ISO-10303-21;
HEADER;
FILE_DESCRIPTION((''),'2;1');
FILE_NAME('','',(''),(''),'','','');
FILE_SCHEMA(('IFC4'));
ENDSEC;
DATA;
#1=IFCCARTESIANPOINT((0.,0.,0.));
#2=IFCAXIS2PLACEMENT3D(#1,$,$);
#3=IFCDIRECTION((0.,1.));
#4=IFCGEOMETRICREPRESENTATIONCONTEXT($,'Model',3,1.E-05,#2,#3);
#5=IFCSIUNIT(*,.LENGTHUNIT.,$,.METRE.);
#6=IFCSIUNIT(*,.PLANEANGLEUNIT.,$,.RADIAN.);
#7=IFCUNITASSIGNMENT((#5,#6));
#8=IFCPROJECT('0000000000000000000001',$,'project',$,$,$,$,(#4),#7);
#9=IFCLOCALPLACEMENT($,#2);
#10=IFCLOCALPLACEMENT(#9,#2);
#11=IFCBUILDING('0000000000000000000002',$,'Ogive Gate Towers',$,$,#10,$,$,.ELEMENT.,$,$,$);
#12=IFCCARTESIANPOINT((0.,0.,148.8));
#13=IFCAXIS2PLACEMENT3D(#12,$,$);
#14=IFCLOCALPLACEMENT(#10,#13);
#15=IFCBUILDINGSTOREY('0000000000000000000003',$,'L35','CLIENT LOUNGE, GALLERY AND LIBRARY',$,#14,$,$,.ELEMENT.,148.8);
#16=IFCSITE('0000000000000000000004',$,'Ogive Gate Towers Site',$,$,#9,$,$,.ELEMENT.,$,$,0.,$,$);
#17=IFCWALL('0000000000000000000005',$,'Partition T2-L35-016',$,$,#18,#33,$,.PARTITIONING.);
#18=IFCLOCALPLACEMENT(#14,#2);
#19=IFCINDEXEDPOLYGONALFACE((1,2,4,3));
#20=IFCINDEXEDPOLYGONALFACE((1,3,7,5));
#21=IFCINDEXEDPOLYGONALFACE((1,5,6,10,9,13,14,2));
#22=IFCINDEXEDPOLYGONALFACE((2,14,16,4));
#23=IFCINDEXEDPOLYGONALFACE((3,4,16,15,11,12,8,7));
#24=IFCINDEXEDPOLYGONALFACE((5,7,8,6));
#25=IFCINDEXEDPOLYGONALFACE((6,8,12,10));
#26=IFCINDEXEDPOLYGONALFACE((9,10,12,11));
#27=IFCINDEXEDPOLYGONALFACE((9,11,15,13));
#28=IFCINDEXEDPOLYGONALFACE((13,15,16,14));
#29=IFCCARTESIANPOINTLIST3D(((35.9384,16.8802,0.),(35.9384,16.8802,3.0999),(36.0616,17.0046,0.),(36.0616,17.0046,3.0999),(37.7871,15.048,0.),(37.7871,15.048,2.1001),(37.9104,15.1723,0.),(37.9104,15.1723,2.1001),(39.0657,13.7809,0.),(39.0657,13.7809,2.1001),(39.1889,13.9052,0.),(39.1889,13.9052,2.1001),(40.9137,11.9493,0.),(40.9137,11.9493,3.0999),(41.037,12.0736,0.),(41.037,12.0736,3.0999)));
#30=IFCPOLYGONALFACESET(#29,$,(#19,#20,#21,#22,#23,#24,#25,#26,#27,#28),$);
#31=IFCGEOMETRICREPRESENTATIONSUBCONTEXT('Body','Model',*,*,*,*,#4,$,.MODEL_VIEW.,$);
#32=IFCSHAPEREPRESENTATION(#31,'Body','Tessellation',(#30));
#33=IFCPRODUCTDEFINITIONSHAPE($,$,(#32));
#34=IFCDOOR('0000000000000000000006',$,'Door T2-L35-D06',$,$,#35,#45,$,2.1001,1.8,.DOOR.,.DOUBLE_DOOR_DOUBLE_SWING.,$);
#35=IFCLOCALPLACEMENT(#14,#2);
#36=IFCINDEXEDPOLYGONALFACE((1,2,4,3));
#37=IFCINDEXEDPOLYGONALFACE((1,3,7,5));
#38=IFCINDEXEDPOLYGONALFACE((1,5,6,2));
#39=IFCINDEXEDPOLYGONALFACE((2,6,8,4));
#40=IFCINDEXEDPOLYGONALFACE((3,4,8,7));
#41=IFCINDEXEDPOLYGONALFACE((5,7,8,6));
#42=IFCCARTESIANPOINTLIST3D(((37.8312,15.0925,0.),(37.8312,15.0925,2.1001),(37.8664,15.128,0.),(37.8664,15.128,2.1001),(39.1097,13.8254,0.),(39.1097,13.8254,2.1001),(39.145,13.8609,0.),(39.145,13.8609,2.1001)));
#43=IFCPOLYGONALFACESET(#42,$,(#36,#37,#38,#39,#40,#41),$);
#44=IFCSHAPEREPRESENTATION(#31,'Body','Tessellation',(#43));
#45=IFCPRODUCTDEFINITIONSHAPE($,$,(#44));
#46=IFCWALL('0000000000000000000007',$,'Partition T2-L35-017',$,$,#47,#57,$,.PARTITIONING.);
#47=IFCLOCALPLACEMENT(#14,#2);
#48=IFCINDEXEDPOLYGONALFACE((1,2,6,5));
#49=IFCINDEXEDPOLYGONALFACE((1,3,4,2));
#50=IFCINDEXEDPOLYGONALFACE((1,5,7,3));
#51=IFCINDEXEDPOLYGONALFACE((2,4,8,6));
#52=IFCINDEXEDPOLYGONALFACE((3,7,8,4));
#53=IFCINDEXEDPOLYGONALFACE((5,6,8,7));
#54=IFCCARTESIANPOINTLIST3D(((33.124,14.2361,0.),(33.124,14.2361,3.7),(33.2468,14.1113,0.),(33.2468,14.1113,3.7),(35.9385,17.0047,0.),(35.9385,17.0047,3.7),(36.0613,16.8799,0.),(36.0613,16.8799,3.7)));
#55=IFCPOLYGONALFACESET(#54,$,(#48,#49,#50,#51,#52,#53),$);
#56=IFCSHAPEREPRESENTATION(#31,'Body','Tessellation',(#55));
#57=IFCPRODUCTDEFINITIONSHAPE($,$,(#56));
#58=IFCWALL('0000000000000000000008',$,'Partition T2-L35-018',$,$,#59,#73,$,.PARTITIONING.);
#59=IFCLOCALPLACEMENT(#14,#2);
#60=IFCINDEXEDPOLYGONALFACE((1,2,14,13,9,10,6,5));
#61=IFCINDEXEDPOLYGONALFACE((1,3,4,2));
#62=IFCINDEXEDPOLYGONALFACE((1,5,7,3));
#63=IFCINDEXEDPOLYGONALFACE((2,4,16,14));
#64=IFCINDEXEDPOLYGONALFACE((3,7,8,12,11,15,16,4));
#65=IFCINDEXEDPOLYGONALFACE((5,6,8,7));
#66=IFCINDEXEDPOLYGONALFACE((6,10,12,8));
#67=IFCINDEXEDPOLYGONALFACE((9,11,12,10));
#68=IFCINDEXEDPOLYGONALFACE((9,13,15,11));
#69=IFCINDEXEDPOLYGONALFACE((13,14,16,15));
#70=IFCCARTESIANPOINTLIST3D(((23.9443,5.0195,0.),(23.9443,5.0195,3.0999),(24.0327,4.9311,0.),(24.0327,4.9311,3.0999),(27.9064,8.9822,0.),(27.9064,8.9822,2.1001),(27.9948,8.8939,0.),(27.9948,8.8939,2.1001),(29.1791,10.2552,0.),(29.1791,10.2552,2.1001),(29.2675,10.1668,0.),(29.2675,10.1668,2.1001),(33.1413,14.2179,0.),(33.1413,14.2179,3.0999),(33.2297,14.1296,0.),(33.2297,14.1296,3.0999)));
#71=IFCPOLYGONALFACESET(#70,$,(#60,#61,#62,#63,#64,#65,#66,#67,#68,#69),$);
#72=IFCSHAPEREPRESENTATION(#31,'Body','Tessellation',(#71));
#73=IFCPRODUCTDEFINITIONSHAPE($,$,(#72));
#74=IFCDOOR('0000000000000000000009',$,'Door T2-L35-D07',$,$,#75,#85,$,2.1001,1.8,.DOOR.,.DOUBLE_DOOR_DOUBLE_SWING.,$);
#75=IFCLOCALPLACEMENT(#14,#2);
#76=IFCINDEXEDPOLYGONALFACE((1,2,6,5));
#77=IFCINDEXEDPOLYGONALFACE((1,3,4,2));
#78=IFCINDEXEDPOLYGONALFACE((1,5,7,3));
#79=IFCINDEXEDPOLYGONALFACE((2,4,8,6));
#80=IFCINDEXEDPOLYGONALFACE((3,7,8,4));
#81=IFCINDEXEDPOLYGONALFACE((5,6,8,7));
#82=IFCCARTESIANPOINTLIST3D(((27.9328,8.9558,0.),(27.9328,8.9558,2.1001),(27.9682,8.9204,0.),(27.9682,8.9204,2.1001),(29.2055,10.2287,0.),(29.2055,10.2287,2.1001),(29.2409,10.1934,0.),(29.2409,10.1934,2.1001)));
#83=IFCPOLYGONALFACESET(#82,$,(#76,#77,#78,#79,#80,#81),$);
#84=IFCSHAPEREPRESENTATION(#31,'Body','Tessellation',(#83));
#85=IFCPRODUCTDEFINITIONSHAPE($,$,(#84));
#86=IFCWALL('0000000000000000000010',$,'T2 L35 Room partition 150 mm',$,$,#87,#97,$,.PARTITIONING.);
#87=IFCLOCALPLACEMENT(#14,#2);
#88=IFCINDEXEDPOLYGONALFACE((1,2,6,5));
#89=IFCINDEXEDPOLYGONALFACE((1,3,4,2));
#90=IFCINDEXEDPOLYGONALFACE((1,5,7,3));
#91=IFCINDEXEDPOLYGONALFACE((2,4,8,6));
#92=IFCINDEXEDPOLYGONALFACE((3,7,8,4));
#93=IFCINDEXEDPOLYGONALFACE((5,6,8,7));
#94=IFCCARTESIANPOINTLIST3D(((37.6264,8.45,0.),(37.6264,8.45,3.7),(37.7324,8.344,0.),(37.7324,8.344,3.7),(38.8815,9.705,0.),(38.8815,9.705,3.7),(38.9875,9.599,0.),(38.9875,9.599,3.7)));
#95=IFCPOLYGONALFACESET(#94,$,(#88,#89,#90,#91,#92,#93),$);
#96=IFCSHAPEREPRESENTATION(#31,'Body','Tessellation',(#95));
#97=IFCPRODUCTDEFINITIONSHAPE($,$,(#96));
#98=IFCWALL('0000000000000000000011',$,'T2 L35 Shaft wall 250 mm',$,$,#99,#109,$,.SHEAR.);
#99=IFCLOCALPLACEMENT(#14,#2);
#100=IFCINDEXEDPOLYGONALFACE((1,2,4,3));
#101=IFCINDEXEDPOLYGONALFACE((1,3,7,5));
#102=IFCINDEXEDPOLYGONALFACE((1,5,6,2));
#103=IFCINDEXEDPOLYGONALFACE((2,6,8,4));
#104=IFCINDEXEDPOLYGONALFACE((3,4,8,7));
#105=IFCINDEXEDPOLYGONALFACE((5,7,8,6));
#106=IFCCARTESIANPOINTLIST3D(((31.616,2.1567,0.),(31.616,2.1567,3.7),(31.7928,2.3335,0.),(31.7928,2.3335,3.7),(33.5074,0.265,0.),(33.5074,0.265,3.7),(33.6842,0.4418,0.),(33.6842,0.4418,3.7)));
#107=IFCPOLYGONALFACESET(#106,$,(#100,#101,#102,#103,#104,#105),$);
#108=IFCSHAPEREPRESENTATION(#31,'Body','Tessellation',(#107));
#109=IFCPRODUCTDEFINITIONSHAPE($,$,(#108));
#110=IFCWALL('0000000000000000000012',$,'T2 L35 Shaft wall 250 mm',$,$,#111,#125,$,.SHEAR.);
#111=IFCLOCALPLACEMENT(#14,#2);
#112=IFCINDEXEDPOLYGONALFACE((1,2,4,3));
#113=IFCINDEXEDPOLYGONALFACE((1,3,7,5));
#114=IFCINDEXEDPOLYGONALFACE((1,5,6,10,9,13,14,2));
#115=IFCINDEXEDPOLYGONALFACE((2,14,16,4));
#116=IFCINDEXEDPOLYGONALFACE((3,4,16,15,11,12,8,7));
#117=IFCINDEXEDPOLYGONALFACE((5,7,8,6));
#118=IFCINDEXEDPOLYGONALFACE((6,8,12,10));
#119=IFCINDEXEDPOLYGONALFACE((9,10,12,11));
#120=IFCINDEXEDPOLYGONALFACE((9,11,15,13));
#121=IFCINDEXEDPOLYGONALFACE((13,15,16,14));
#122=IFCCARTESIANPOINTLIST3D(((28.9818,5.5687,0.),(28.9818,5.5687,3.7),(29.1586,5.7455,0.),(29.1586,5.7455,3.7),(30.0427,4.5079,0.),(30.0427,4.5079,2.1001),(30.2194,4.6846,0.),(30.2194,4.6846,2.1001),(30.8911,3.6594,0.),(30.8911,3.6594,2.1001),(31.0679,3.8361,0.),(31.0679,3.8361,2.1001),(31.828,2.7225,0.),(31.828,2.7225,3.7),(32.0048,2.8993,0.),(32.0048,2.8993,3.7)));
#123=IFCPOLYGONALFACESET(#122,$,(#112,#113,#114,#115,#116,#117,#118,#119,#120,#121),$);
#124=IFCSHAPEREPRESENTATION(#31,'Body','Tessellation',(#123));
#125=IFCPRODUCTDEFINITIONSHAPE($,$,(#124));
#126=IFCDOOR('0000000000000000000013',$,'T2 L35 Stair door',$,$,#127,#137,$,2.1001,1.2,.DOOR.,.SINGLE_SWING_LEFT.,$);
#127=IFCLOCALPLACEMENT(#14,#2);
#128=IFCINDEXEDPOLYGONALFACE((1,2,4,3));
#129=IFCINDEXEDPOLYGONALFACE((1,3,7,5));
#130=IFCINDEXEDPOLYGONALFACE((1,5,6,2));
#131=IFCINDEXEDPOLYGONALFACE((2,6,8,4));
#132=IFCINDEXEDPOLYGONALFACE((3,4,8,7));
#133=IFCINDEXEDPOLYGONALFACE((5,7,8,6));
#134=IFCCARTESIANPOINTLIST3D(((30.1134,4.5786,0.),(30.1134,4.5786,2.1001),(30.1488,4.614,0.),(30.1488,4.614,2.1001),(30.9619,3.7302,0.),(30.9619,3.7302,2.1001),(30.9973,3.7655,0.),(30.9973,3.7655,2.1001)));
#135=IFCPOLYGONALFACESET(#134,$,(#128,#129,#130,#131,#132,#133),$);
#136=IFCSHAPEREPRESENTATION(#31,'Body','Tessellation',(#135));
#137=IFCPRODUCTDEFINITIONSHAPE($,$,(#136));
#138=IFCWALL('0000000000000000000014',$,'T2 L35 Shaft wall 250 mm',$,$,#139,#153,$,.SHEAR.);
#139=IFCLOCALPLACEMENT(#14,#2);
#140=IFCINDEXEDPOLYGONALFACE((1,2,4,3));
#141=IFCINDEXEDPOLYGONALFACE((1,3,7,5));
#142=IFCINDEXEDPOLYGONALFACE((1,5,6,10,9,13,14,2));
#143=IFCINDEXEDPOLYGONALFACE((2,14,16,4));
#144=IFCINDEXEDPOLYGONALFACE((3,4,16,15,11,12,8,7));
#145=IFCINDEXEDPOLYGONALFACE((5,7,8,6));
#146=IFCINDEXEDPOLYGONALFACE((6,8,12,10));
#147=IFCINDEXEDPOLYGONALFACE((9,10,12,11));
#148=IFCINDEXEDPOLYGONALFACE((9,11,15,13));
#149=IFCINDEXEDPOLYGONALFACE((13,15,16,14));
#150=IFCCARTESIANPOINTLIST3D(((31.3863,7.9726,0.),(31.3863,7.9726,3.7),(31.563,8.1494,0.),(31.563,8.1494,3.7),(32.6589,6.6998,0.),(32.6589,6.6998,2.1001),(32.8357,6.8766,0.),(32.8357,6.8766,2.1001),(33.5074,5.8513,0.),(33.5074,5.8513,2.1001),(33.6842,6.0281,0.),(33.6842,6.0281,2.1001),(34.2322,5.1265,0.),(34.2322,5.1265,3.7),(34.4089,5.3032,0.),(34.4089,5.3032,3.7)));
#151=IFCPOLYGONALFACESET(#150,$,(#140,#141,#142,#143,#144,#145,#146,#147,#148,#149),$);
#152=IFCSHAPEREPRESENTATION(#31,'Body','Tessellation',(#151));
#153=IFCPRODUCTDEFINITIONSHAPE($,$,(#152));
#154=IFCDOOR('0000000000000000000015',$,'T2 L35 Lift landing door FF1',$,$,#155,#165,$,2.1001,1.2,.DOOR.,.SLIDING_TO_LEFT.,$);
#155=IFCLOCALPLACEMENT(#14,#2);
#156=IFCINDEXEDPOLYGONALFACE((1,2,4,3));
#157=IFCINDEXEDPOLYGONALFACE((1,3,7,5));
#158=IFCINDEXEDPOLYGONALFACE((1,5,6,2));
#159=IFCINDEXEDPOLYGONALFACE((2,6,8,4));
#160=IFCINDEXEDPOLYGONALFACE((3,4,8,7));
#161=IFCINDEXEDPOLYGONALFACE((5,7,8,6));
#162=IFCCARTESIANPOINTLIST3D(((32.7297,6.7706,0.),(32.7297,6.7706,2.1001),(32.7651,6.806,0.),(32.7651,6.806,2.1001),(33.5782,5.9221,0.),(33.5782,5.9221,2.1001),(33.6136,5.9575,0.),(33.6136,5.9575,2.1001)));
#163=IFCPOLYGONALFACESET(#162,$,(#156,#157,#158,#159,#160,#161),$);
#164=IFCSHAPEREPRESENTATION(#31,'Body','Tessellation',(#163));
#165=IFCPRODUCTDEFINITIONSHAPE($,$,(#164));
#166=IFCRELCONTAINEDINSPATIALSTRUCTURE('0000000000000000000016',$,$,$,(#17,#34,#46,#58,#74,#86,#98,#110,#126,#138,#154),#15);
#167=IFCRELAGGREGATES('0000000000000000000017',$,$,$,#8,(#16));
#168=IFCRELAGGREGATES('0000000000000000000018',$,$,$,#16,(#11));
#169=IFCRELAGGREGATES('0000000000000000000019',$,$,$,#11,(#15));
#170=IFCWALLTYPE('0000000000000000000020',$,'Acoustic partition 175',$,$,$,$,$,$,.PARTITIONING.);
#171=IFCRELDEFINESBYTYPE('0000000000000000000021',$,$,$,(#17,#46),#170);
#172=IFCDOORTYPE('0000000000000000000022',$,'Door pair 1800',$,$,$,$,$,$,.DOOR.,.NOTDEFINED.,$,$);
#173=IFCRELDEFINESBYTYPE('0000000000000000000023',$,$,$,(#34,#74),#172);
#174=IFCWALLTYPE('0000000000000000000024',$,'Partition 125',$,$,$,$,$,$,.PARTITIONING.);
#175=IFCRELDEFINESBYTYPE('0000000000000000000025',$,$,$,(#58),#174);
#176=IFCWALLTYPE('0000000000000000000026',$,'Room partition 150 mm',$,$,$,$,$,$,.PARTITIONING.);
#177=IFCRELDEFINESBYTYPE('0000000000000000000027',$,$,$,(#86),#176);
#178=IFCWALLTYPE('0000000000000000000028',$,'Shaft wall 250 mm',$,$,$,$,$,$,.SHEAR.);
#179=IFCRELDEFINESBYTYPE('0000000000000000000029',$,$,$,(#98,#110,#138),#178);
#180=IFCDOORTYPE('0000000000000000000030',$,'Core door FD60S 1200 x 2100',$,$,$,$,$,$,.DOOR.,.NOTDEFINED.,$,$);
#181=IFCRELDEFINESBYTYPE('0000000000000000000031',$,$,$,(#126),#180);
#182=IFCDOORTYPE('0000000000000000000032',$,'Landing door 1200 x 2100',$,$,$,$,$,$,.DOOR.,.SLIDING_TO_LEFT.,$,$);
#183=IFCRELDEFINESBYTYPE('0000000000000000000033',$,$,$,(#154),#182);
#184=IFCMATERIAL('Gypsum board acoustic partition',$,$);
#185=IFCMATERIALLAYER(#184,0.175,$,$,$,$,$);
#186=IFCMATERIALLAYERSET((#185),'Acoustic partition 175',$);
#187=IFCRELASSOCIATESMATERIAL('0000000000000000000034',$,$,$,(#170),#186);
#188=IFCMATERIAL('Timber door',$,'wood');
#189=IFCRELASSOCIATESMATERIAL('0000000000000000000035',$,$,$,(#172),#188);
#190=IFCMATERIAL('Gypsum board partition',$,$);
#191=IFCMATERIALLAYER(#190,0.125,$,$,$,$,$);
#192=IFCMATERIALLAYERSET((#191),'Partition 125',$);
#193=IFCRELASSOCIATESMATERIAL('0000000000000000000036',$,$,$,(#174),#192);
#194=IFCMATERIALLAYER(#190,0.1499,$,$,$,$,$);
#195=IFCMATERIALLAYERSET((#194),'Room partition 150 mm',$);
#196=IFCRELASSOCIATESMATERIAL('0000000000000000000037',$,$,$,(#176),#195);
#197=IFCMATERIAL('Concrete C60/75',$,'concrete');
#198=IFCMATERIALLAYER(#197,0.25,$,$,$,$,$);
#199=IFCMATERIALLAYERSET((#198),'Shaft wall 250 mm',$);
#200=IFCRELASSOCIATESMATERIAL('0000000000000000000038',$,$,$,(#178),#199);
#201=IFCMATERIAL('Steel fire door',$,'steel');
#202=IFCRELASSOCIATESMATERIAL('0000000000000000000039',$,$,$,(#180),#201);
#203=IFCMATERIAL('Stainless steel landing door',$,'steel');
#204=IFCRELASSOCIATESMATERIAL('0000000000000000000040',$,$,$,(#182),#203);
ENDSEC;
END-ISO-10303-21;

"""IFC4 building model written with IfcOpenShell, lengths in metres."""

from ifc_helpers import new_model, si_unit, direction, frame, frame_2d, origin, place, context, subcontext, project, spatial, rectangle, extrude, material, layer, layer_set, type_object, element, fill, save


model = new_model("IFC4")

# Units and contexts
model_context = context("Model", 3, precision=1e-05, world=origin(), true_north=direction((0.0, 1.0)))
body_context = subcontext(model_context, "Body", "Model", "MODEL_VIEW")
ifc_project = project(units=[si_unit("LENGTHUNIT", "METRE"), si_unit("PLANEANGLEUNIT", "RADIAN")], contexts=[model_context])

# Site, building, storey
site_placement = place(None, origin())
site = spatial("IfcSite", under=ifc_project, at=site_placement, Name="Ogive Gate Towers Site", CompositionType="ELEMENT", RefElevation=0.0)
building_placement = place(site_placement, origin())
building = spatial("IfcBuilding", under=site, at=building_placement, Name="Ogive Gate Towers", CompositionType="ELEMENT")
storey_placement = place(building_placement, frame((0.0, 0.0, 148.8)))
storey = spatial("IfcBuildingStorey", under=building, at=storey_placement, Name="L35", Description="CLIENT LOUNGE, GALLERY AND LIBRARY", CompositionType="ELEMENT", Elevation=148.8)

# Shared definitions
ifc_material_1 = material(Name="Gypsum board acoustic partition")
ifc_layer_1 = layer(ifc_material_1, 0.175)
ifc_layer_set_1 = layer_set([ifc_layer_1], Name="Acoustic partition 175")
wall_type_1 = type_object("IfcWallType", Name="Acoustic partition 175", PredefinedType="PARTITIONING", material=ifc_layer_set_1)

# Wall, opening, door
wall_1_placement = place(storey_placement, frame((40.9753, 12.0115, 0.0), z_axis=(0.0, 0.0, 1.0), x_axis=(-0.710271, 0.703928, 0.0)))
wall_1 = element("IfcWall", 1, at=wall_1_placement, inside=storey, type_object=wall_type_1, Name="Partition T2-L35-016", PredefinedType="PARTITIONING", context=body_context, shape_type="SweptSolid", body=[
    extrude(rectangle(XDim=7.0049, YDim=0.175, at=frame_2d((3.5024, 0.0))), origin(), (0.0, 0.0, 1.0), 3.0999),
])
opening_1_placement = place(wall_1_placement, frame((2.6021, 0.0, 0.0)))
opening_1 = element("IfcOpeningElement", 2, at=opening_1_placement, cuts=wall_1, PredefinedType="OPENING", context=body_context, shape_type="SweptSolid", body=[
    extrude(rectangle(XDim=1.8, YDim=2.1001, at=frame_2d((0.8999, 1.05))), frame((0.0, 0.0977, 0.0), z_axis=(0.0, -1.0, 0.0), x_axis=(1.0, 0.0, 0.0)), (0.0, 0.0, 1.0), 0.1951),
])
ifc_material_2 = material(Name="Timber door", Category="wood")
door_type_1 = type_object("IfcDoorType", Name="Door pair 1800", OperationType="NOTDEFINED", PredefinedType="DOOR", material=ifc_material_2)
door_1_placement = place(opening_1_placement, origin())
door_1 = element("IfcDoor", 3, at=door_1_placement, inside=storey, type_object=door_type_1, Name="Door T2-L35-D06", OperationType="DOUBLE_DOOR_DOUBLE_SWING", OverallHeight=2.1001, OverallWidth=1.8, PredefinedType="DOOR", context=body_context, shape_type="SweptSolid", body=[
    extrude(rectangle(XDim=1.8, YDim=2.1001, at=frame_2d((0.8999, 1.05))), frame((0.0, 0.0249, 0.0), z_axis=(0.0, -1.0, 0.0), x_axis=(1.0, 0.0, 0.0)), (0.0, 0.0, 1.0), 0.05),
])
fill(opening_1, door_1)

# Wall
wall_2_placement = place(storey_placement, frame((36.0, 16.9424, 0.0), z_axis=(0.0, 0.0, 1.0), x_axis=(-0.712896, -0.70127, 0.0)))
element("IfcWall", 4, at=wall_2_placement, inside=storey, type_object=wall_type_1, Name="Partition T2-L35-017", PredefinedType="PARTITIONING", context=body_context, shape_type="SweptSolid", body=[
    extrude(rectangle(XDim=3.948, YDim=0.175, at=frame_2d((1.9741, 0.0))), origin(), (0.0, 0.0, 1.0), 3.7),
])

# Wall, opening, door
ifc_material_3 = material(Name="Gypsum board partition")
ifc_layer_2 = layer(ifc_material_3, 0.125)
ifc_layer_set_2 = layer_set([ifc_layer_2], Name="Partition 125")
wall_type_2 = type_object("IfcWallType", Name="Partition 125", PredefinedType="PARTITIONING", material=ifc_layer_set_2)
wall_3_placement = place(storey_placement, frame((33.1855, 14.1738, 0.0), z_axis=(0.0, 0.0, 1.0), x_axis=(-0.70705, -0.707163, 0.0)))
wall_3 = element("IfcWall", 5, at=wall_3_placement, inside=storey, type_object=wall_type_2, Name="Partition T2-L35-018", PredefinedType="PARTITIONING", context=body_context, shape_type="SweptSolid", body=[
    extrude(rectangle(XDim=13.0076, YDim=0.125, at=frame_2d((6.5039, 0.0))), origin(), (0.0, 0.0, 1.0), 3.0999),
])
opening_2_placement = place(wall_3_placement, frame((5.604, 0.0, 0.0)))
opening_2 = element("IfcOpeningElement", 6, at=opening_2_placement, cuts=wall_3, PredefinedType="OPENING", context=body_context, shape_type="SweptSolid", body=[
    extrude(rectangle(XDim=1.8, YDim=2.1001, at=frame_2d((0.8999, 1.05))), frame((0.0, 0.0725, 0.0), z_axis=(0.0, -1.0, 0.0), x_axis=(1.0, 0.0, 0.0)), (0.0, 0.0, 1.0), 0.145),
])
door_2_placement = place(opening_2_placement, origin())
door_2 = element("IfcDoor", 7, at=door_2_placement, inside=storey, type_object=door_type_1, Name="Door T2-L35-D07", OperationType="DOUBLE_DOOR_DOUBLE_SWING", OverallHeight=2.1001, OverallWidth=1.8, PredefinedType="DOOR", context=body_context, shape_type="SweptSolid", body=[
    extrude(rectangle(XDim=1.8, YDim=2.1001, at=frame_2d((0.8999, 1.05))), frame((0.0, 0.0249, 0.0), z_axis=(0.0, -1.0, 0.0), x_axis=(1.0, 0.0, 0.0)), (0.0, 0.0, 1.0), 0.05),
])
fill(opening_2, door_2)

# Walls
ifc_layer_3 = layer(ifc_material_3, 0.1499)
ifc_layer_set_3 = layer_set([ifc_layer_3], Name="Room partition 150 mm")
wall_type_3 = type_object("IfcWallType", Name="Room partition 150 mm", PredefinedType="PARTITIONING", material=ifc_layer_set_3)
wall_4_placement = place(storey_placement, frame((37.6794, 8.397, 0.0), z_axis=(0.0, 0.0, 1.0), x_axis=(0.707107, 0.707107, 0.0)))
element("IfcWall", 8, at=wall_4_placement, inside=storey, type_object=wall_type_3, Name="T2 L35 Room partition 150 mm", PredefinedType="PARTITIONING", context=body_context, shape_type="SweptSolid", body=[
    extrude(rectangle(XDim=1.7749, YDim=0.1499, at=frame_2d((0.8875, 0.0))), origin(), (0.0, 0.0, 1.0), 3.7),
])
ifc_material_4 = material(Name="Concrete C60/75", Category="concrete")
ifc_layer_4 = layer(ifc_material_4, 0.25)
ifc_layer_set_4 = layer_set([ifc_layer_4], Name="Shaft wall 250 mm")
wall_type_4 = type_object("IfcWallType", Name="Shaft wall 250 mm", PredefinedType="SHEAR", material=ifc_layer_set_4)
wall_5_placement = place(storey_placement, frame((33.5957, 0.3535, 0.0), z_axis=(0.0, 0.0, 1.0), x_axis=(-0.707061, 0.707152, 0.0)))
element("IfcWall", 9, at=wall_5_placement, inside=storey, type_object=wall_type_4, Name="T2 L35 Shaft wall 250 mm", PredefinedType="SHEAR", context=body_context, shape_type="SweptSolid", body=[
    extrude(rectangle(XDim=2.675, YDim=0.25, at=frame_2d((1.3374, 0.0))), origin(), (0.0, 0.0, 1.0), 3.7),
])

# Walls, openings, doors
wall_6_placement = place(storey_placement, frame((31.9165, 2.8108, 0.0), z_axis=(0.0, 0.0, 1.0), x_axis=(-0.707107, 0.707107, 0.0)))
wall_6 = element("IfcWall", 10, at=wall_6_placement, inside=storey, type_object=wall_type_4, Name="T2 L35 Shaft wall 250 mm", PredefinedType="SHEAR", context=body_context, shape_type="SweptSolid", body=[
    extrude(rectangle(XDim=4.0251, YDim=0.25, at=frame_2d((2.0127, 0.0))), origin(), (0.0, 0.0, 1.0), 3.7),
])
opening_3_placement = place(wall_6_placement, frame((1.325, 0.0, 0.0)))
opening_3 = element("IfcOpeningElement", 11, at=opening_3_placement, cuts=wall_6, PredefinedType="OPENING", context=body_context, shape_type="SweptSolid", body=[
    extrude(rectangle(XDim=1.2, YDim=2.1001, at=frame_2d((0.6001, 1.05))), frame((0.0, 0.135, 0.0), z_axis=(0.0, -1.0, 0.0), x_axis=(1.0, 0.0, 0.0)), (0.0, 0.0, 1.0), 0.27),
])
ifc_material_5 = material(Name="Steel fire door", Category="steel")
door_type_2 = type_object("IfcDoorType", Name="Core door FD60S 1200 x 2100", OperationType="NOTDEFINED", PredefinedType="DOOR", material=ifc_material_5)
door_3_placement = place(opening_3_placement, origin())
door_3 = element("IfcDoor", 12, at=door_3_placement, inside=storey, type_object=door_type_2, Name="T2 L35 Stair door", OperationType="SINGLE_SWING_LEFT", OverallHeight=2.1001, OverallWidth=1.2, PredefinedType="DOOR", context=body_context, shape_type="SweptSolid", body=[
    extrude(rectangle(XDim=1.2, YDim=2.1001, at=frame_2d((0.6001, 1.05))), frame((0.0, 0.0249, 0.0), z_axis=(0.0, -1.0, 0.0), x_axis=(1.0, 0.0, 0.0)), (0.0, 0.0, 1.0), 0.05),
])
fill(opening_3, door_3)
wall_7_placement = place(storey_placement, frame((34.3206, 5.2148, 0.0), z_axis=(0.0, 0.0, 1.0), x_axis=(-0.707076, 0.707137, 0.0)))
wall_7 = element("IfcWall", 13, at=wall_7_placement, inside=storey, type_object=wall_type_4, Name="T2 L35 Shaft wall 250 mm", PredefinedType="SHEAR", context=body_context, shape_type="SweptSolid", body=[
    extrude(rectangle(XDim=4.0249, YDim=0.25, at=frame_2d((2.0125, 0.0))), origin(), (0.0, 0.0, 1.0), 3.7),
])
opening_4_placement = place(wall_7_placement, frame((1.0249, 0.0, 0.0)))
opening_4 = element("IfcOpeningElement", 14, at=opening_4_placement, cuts=wall_7, PredefinedType="OPENING", context=body_context, shape_type="SweptSolid", body=[
    extrude(rectangle(XDim=1.2, YDim=2.1001, at=frame_2d((0.6001, 1.05))), frame((0.0, 0.135, 0.0), z_axis=(0.0, -1.0, 0.0), x_axis=(1.0, 0.0, 0.0)), (0.0, 0.0, 1.0), 0.27),
])
ifc_material_6 = material(Name="Stainless steel landing door", Category="steel")
door_type_3 = type_object("IfcDoorType", Name="Landing door 1200 x 2100", OperationType="SLIDING_TO_LEFT", PredefinedType="DOOR", material=ifc_material_6)
door_4_placement = place(opening_4_placement, origin())
door_4 = element("IfcDoor", 15, at=door_4_placement, inside=storey, type_object=door_type_3, Name="T2 L35 Lift landing door FF1", OperationType="SLIDING_TO_LEFT", OverallHeight=2.1001, OverallWidth=1.2, PredefinedType="DOOR", context=body_context, shape_type="SweptSolid", body=[
    extrude(rectangle(XDim=1.2, YDim=2.1001, at=frame_2d((0.6001, 1.05))), frame((0.0, 0.0249, 0.0), z_axis=(0.0, -1.0, 0.0), x_axis=(1.0, 0.0, 0.0)), (0.0, 0.0, 1.0), 0.05),
])
fill(opening_4, door_4)

save(model, "model.ifc")
